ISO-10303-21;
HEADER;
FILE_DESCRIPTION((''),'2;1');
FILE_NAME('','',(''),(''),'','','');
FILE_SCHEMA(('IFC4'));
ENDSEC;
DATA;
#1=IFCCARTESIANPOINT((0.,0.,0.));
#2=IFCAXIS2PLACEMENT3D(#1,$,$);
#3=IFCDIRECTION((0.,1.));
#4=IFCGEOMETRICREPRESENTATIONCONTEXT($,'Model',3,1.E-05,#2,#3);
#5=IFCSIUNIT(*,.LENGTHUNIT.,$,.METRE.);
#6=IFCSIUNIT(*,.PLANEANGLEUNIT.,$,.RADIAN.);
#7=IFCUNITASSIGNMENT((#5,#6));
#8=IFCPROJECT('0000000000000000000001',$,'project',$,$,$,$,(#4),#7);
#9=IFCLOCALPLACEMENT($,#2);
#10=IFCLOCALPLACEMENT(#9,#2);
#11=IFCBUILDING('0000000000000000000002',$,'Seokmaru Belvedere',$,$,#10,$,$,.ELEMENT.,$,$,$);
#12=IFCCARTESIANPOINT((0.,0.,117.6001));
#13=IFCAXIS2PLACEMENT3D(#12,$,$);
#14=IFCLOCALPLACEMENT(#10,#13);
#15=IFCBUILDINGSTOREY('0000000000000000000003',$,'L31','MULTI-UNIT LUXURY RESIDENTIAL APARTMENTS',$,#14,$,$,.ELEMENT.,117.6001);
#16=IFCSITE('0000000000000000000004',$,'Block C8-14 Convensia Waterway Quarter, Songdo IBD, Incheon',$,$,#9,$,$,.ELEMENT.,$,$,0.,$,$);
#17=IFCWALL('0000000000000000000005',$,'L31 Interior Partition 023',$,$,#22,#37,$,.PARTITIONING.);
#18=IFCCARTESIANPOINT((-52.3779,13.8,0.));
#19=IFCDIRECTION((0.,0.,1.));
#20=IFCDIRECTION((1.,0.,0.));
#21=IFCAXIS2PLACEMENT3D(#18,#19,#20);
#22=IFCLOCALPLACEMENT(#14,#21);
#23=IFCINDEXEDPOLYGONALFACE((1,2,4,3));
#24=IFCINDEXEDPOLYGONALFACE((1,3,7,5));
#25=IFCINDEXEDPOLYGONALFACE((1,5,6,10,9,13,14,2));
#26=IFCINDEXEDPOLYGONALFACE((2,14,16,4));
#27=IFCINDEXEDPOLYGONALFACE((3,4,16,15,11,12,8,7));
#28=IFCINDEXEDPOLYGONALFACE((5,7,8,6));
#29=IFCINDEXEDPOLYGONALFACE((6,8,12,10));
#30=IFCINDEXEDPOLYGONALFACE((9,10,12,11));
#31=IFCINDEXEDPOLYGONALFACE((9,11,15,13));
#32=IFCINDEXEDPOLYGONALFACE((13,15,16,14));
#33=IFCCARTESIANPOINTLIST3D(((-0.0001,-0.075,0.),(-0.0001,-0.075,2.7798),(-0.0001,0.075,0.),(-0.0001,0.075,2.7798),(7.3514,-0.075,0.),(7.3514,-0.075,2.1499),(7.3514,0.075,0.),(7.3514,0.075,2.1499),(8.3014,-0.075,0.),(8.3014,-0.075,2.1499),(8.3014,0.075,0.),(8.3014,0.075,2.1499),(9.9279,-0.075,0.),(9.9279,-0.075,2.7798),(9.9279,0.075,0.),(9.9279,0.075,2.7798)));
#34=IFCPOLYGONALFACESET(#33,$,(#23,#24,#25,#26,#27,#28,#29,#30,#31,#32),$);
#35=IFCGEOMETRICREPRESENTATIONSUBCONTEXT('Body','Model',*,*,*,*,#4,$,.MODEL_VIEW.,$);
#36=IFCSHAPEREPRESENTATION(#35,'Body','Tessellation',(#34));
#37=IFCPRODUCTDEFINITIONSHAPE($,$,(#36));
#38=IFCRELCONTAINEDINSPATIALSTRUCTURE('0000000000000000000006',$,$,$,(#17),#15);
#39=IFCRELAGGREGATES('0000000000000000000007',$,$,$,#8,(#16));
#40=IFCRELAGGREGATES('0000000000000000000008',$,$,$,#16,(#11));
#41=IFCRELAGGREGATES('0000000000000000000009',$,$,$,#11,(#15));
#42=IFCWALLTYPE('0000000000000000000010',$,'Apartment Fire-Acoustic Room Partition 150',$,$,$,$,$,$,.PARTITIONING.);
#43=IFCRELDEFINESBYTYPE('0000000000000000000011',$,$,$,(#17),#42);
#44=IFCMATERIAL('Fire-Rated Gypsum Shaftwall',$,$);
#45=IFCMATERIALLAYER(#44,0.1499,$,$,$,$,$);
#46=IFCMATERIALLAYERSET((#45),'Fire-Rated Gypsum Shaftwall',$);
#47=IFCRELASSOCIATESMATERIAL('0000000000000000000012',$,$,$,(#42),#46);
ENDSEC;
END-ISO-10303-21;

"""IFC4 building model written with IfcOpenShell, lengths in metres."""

from ifc_helpers import new_model, si_unit, direction, frame, frame_2d, origin, place, context, subcontext, project, spatial, rectangle, extrude, material, layer, layer_set, type_object, element, save


model = new_model("IFC4")

# Units and contexts
model_context = context("Model", 3, precision=1e-05, world=origin(), true_north=direction((0.0, 1.0)))
body_context = subcontext(model_context, "Body", "Model", "MODEL_VIEW")
ifc_project = project(units=[si_unit("LENGTHUNIT", "METRE"), si_unit("PLANEANGLEUNIT", "RADIAN")], contexts=[model_context])

# Site, building, storey
site_placement = place(None, origin())
site = spatial("IfcSite", under=ifc_project, at=site_placement, Name="Block C8-14 Convensia Waterway Quarter, Songdo IBD, Incheon", CompositionType="ELEMENT", RefElevation=0.0)
building_placement = place(site_placement, origin())
building = spatial("IfcBuilding", under=site, at=building_placement, Name="Seokmaru Belvedere", CompositionType="ELEMENT")
storey_placement = place(building_placement, frame((0.0, 0.0, 117.6001)))
storey = spatial("IfcBuildingStorey", under=building, at=storey_placement, Name="L31", Description="MULTI-UNIT LUXURY RESIDENTIAL APARTMENTS", CompositionType="ELEMENT", Elevation=117.6001)

# Shared definitions
ifc_material_1 = material(Name="Fire-Rated Gypsum Shaftwall")
ifc_layer_1 = layer(ifc_material_1, 0.1499)
ifc_layer_set_1 = layer_set([ifc_layer_1], Name="Fire-Rated Gypsum Shaftwall")
wall_type_1 = type_object("IfcWallType", Name="Apartment Fire-Acoustic Room Partition 150", PredefinedType="PARTITIONING", material=ifc_layer_set_1)

# Wall, opening
wall_1_placement = place(storey_placement, frame((-52.3779, 13.8, 0.0), z_axis=(0.0, 0.0, 1.0), x_axis=(1.0, 0.0, 0.0)))
wall_1 = element("IfcWall", 1, at=wall_1_placement, inside=storey, type_object=wall_type_1, Name="L31 Interior Partition 023", PredefinedType="PARTITIONING", context=body_context, shape_type="SweptSolid", body=[
    extrude(rectangle(XDim=9.928, YDim=0.1499, at=frame_2d((4.9639, 0.0))), origin(), (0.0, 0.0, 1.0), 2.7798),
])
opening_1_placement = place(wall_1_placement, frame((7.3513, 0.0, 0.0)))
element("IfcOpeningElement", 2, at=opening_1_placement, cuts=wall_1, PredefinedType="OPENING", context=body_context, shape_type="SweptSolid", body=[
    extrude(rectangle(XDim=0.95, YDim=2.1499, at=frame_2d((0.4751, 1.075))), frame((0.0, 0.085, 0.0), z_axis=(0.0, -1.0, 0.0), x_axis=(1.0, 0.0, 0.0)), (0.0, 0.0, 1.0), 0.1699),
])

save(model, "model.ifc")
